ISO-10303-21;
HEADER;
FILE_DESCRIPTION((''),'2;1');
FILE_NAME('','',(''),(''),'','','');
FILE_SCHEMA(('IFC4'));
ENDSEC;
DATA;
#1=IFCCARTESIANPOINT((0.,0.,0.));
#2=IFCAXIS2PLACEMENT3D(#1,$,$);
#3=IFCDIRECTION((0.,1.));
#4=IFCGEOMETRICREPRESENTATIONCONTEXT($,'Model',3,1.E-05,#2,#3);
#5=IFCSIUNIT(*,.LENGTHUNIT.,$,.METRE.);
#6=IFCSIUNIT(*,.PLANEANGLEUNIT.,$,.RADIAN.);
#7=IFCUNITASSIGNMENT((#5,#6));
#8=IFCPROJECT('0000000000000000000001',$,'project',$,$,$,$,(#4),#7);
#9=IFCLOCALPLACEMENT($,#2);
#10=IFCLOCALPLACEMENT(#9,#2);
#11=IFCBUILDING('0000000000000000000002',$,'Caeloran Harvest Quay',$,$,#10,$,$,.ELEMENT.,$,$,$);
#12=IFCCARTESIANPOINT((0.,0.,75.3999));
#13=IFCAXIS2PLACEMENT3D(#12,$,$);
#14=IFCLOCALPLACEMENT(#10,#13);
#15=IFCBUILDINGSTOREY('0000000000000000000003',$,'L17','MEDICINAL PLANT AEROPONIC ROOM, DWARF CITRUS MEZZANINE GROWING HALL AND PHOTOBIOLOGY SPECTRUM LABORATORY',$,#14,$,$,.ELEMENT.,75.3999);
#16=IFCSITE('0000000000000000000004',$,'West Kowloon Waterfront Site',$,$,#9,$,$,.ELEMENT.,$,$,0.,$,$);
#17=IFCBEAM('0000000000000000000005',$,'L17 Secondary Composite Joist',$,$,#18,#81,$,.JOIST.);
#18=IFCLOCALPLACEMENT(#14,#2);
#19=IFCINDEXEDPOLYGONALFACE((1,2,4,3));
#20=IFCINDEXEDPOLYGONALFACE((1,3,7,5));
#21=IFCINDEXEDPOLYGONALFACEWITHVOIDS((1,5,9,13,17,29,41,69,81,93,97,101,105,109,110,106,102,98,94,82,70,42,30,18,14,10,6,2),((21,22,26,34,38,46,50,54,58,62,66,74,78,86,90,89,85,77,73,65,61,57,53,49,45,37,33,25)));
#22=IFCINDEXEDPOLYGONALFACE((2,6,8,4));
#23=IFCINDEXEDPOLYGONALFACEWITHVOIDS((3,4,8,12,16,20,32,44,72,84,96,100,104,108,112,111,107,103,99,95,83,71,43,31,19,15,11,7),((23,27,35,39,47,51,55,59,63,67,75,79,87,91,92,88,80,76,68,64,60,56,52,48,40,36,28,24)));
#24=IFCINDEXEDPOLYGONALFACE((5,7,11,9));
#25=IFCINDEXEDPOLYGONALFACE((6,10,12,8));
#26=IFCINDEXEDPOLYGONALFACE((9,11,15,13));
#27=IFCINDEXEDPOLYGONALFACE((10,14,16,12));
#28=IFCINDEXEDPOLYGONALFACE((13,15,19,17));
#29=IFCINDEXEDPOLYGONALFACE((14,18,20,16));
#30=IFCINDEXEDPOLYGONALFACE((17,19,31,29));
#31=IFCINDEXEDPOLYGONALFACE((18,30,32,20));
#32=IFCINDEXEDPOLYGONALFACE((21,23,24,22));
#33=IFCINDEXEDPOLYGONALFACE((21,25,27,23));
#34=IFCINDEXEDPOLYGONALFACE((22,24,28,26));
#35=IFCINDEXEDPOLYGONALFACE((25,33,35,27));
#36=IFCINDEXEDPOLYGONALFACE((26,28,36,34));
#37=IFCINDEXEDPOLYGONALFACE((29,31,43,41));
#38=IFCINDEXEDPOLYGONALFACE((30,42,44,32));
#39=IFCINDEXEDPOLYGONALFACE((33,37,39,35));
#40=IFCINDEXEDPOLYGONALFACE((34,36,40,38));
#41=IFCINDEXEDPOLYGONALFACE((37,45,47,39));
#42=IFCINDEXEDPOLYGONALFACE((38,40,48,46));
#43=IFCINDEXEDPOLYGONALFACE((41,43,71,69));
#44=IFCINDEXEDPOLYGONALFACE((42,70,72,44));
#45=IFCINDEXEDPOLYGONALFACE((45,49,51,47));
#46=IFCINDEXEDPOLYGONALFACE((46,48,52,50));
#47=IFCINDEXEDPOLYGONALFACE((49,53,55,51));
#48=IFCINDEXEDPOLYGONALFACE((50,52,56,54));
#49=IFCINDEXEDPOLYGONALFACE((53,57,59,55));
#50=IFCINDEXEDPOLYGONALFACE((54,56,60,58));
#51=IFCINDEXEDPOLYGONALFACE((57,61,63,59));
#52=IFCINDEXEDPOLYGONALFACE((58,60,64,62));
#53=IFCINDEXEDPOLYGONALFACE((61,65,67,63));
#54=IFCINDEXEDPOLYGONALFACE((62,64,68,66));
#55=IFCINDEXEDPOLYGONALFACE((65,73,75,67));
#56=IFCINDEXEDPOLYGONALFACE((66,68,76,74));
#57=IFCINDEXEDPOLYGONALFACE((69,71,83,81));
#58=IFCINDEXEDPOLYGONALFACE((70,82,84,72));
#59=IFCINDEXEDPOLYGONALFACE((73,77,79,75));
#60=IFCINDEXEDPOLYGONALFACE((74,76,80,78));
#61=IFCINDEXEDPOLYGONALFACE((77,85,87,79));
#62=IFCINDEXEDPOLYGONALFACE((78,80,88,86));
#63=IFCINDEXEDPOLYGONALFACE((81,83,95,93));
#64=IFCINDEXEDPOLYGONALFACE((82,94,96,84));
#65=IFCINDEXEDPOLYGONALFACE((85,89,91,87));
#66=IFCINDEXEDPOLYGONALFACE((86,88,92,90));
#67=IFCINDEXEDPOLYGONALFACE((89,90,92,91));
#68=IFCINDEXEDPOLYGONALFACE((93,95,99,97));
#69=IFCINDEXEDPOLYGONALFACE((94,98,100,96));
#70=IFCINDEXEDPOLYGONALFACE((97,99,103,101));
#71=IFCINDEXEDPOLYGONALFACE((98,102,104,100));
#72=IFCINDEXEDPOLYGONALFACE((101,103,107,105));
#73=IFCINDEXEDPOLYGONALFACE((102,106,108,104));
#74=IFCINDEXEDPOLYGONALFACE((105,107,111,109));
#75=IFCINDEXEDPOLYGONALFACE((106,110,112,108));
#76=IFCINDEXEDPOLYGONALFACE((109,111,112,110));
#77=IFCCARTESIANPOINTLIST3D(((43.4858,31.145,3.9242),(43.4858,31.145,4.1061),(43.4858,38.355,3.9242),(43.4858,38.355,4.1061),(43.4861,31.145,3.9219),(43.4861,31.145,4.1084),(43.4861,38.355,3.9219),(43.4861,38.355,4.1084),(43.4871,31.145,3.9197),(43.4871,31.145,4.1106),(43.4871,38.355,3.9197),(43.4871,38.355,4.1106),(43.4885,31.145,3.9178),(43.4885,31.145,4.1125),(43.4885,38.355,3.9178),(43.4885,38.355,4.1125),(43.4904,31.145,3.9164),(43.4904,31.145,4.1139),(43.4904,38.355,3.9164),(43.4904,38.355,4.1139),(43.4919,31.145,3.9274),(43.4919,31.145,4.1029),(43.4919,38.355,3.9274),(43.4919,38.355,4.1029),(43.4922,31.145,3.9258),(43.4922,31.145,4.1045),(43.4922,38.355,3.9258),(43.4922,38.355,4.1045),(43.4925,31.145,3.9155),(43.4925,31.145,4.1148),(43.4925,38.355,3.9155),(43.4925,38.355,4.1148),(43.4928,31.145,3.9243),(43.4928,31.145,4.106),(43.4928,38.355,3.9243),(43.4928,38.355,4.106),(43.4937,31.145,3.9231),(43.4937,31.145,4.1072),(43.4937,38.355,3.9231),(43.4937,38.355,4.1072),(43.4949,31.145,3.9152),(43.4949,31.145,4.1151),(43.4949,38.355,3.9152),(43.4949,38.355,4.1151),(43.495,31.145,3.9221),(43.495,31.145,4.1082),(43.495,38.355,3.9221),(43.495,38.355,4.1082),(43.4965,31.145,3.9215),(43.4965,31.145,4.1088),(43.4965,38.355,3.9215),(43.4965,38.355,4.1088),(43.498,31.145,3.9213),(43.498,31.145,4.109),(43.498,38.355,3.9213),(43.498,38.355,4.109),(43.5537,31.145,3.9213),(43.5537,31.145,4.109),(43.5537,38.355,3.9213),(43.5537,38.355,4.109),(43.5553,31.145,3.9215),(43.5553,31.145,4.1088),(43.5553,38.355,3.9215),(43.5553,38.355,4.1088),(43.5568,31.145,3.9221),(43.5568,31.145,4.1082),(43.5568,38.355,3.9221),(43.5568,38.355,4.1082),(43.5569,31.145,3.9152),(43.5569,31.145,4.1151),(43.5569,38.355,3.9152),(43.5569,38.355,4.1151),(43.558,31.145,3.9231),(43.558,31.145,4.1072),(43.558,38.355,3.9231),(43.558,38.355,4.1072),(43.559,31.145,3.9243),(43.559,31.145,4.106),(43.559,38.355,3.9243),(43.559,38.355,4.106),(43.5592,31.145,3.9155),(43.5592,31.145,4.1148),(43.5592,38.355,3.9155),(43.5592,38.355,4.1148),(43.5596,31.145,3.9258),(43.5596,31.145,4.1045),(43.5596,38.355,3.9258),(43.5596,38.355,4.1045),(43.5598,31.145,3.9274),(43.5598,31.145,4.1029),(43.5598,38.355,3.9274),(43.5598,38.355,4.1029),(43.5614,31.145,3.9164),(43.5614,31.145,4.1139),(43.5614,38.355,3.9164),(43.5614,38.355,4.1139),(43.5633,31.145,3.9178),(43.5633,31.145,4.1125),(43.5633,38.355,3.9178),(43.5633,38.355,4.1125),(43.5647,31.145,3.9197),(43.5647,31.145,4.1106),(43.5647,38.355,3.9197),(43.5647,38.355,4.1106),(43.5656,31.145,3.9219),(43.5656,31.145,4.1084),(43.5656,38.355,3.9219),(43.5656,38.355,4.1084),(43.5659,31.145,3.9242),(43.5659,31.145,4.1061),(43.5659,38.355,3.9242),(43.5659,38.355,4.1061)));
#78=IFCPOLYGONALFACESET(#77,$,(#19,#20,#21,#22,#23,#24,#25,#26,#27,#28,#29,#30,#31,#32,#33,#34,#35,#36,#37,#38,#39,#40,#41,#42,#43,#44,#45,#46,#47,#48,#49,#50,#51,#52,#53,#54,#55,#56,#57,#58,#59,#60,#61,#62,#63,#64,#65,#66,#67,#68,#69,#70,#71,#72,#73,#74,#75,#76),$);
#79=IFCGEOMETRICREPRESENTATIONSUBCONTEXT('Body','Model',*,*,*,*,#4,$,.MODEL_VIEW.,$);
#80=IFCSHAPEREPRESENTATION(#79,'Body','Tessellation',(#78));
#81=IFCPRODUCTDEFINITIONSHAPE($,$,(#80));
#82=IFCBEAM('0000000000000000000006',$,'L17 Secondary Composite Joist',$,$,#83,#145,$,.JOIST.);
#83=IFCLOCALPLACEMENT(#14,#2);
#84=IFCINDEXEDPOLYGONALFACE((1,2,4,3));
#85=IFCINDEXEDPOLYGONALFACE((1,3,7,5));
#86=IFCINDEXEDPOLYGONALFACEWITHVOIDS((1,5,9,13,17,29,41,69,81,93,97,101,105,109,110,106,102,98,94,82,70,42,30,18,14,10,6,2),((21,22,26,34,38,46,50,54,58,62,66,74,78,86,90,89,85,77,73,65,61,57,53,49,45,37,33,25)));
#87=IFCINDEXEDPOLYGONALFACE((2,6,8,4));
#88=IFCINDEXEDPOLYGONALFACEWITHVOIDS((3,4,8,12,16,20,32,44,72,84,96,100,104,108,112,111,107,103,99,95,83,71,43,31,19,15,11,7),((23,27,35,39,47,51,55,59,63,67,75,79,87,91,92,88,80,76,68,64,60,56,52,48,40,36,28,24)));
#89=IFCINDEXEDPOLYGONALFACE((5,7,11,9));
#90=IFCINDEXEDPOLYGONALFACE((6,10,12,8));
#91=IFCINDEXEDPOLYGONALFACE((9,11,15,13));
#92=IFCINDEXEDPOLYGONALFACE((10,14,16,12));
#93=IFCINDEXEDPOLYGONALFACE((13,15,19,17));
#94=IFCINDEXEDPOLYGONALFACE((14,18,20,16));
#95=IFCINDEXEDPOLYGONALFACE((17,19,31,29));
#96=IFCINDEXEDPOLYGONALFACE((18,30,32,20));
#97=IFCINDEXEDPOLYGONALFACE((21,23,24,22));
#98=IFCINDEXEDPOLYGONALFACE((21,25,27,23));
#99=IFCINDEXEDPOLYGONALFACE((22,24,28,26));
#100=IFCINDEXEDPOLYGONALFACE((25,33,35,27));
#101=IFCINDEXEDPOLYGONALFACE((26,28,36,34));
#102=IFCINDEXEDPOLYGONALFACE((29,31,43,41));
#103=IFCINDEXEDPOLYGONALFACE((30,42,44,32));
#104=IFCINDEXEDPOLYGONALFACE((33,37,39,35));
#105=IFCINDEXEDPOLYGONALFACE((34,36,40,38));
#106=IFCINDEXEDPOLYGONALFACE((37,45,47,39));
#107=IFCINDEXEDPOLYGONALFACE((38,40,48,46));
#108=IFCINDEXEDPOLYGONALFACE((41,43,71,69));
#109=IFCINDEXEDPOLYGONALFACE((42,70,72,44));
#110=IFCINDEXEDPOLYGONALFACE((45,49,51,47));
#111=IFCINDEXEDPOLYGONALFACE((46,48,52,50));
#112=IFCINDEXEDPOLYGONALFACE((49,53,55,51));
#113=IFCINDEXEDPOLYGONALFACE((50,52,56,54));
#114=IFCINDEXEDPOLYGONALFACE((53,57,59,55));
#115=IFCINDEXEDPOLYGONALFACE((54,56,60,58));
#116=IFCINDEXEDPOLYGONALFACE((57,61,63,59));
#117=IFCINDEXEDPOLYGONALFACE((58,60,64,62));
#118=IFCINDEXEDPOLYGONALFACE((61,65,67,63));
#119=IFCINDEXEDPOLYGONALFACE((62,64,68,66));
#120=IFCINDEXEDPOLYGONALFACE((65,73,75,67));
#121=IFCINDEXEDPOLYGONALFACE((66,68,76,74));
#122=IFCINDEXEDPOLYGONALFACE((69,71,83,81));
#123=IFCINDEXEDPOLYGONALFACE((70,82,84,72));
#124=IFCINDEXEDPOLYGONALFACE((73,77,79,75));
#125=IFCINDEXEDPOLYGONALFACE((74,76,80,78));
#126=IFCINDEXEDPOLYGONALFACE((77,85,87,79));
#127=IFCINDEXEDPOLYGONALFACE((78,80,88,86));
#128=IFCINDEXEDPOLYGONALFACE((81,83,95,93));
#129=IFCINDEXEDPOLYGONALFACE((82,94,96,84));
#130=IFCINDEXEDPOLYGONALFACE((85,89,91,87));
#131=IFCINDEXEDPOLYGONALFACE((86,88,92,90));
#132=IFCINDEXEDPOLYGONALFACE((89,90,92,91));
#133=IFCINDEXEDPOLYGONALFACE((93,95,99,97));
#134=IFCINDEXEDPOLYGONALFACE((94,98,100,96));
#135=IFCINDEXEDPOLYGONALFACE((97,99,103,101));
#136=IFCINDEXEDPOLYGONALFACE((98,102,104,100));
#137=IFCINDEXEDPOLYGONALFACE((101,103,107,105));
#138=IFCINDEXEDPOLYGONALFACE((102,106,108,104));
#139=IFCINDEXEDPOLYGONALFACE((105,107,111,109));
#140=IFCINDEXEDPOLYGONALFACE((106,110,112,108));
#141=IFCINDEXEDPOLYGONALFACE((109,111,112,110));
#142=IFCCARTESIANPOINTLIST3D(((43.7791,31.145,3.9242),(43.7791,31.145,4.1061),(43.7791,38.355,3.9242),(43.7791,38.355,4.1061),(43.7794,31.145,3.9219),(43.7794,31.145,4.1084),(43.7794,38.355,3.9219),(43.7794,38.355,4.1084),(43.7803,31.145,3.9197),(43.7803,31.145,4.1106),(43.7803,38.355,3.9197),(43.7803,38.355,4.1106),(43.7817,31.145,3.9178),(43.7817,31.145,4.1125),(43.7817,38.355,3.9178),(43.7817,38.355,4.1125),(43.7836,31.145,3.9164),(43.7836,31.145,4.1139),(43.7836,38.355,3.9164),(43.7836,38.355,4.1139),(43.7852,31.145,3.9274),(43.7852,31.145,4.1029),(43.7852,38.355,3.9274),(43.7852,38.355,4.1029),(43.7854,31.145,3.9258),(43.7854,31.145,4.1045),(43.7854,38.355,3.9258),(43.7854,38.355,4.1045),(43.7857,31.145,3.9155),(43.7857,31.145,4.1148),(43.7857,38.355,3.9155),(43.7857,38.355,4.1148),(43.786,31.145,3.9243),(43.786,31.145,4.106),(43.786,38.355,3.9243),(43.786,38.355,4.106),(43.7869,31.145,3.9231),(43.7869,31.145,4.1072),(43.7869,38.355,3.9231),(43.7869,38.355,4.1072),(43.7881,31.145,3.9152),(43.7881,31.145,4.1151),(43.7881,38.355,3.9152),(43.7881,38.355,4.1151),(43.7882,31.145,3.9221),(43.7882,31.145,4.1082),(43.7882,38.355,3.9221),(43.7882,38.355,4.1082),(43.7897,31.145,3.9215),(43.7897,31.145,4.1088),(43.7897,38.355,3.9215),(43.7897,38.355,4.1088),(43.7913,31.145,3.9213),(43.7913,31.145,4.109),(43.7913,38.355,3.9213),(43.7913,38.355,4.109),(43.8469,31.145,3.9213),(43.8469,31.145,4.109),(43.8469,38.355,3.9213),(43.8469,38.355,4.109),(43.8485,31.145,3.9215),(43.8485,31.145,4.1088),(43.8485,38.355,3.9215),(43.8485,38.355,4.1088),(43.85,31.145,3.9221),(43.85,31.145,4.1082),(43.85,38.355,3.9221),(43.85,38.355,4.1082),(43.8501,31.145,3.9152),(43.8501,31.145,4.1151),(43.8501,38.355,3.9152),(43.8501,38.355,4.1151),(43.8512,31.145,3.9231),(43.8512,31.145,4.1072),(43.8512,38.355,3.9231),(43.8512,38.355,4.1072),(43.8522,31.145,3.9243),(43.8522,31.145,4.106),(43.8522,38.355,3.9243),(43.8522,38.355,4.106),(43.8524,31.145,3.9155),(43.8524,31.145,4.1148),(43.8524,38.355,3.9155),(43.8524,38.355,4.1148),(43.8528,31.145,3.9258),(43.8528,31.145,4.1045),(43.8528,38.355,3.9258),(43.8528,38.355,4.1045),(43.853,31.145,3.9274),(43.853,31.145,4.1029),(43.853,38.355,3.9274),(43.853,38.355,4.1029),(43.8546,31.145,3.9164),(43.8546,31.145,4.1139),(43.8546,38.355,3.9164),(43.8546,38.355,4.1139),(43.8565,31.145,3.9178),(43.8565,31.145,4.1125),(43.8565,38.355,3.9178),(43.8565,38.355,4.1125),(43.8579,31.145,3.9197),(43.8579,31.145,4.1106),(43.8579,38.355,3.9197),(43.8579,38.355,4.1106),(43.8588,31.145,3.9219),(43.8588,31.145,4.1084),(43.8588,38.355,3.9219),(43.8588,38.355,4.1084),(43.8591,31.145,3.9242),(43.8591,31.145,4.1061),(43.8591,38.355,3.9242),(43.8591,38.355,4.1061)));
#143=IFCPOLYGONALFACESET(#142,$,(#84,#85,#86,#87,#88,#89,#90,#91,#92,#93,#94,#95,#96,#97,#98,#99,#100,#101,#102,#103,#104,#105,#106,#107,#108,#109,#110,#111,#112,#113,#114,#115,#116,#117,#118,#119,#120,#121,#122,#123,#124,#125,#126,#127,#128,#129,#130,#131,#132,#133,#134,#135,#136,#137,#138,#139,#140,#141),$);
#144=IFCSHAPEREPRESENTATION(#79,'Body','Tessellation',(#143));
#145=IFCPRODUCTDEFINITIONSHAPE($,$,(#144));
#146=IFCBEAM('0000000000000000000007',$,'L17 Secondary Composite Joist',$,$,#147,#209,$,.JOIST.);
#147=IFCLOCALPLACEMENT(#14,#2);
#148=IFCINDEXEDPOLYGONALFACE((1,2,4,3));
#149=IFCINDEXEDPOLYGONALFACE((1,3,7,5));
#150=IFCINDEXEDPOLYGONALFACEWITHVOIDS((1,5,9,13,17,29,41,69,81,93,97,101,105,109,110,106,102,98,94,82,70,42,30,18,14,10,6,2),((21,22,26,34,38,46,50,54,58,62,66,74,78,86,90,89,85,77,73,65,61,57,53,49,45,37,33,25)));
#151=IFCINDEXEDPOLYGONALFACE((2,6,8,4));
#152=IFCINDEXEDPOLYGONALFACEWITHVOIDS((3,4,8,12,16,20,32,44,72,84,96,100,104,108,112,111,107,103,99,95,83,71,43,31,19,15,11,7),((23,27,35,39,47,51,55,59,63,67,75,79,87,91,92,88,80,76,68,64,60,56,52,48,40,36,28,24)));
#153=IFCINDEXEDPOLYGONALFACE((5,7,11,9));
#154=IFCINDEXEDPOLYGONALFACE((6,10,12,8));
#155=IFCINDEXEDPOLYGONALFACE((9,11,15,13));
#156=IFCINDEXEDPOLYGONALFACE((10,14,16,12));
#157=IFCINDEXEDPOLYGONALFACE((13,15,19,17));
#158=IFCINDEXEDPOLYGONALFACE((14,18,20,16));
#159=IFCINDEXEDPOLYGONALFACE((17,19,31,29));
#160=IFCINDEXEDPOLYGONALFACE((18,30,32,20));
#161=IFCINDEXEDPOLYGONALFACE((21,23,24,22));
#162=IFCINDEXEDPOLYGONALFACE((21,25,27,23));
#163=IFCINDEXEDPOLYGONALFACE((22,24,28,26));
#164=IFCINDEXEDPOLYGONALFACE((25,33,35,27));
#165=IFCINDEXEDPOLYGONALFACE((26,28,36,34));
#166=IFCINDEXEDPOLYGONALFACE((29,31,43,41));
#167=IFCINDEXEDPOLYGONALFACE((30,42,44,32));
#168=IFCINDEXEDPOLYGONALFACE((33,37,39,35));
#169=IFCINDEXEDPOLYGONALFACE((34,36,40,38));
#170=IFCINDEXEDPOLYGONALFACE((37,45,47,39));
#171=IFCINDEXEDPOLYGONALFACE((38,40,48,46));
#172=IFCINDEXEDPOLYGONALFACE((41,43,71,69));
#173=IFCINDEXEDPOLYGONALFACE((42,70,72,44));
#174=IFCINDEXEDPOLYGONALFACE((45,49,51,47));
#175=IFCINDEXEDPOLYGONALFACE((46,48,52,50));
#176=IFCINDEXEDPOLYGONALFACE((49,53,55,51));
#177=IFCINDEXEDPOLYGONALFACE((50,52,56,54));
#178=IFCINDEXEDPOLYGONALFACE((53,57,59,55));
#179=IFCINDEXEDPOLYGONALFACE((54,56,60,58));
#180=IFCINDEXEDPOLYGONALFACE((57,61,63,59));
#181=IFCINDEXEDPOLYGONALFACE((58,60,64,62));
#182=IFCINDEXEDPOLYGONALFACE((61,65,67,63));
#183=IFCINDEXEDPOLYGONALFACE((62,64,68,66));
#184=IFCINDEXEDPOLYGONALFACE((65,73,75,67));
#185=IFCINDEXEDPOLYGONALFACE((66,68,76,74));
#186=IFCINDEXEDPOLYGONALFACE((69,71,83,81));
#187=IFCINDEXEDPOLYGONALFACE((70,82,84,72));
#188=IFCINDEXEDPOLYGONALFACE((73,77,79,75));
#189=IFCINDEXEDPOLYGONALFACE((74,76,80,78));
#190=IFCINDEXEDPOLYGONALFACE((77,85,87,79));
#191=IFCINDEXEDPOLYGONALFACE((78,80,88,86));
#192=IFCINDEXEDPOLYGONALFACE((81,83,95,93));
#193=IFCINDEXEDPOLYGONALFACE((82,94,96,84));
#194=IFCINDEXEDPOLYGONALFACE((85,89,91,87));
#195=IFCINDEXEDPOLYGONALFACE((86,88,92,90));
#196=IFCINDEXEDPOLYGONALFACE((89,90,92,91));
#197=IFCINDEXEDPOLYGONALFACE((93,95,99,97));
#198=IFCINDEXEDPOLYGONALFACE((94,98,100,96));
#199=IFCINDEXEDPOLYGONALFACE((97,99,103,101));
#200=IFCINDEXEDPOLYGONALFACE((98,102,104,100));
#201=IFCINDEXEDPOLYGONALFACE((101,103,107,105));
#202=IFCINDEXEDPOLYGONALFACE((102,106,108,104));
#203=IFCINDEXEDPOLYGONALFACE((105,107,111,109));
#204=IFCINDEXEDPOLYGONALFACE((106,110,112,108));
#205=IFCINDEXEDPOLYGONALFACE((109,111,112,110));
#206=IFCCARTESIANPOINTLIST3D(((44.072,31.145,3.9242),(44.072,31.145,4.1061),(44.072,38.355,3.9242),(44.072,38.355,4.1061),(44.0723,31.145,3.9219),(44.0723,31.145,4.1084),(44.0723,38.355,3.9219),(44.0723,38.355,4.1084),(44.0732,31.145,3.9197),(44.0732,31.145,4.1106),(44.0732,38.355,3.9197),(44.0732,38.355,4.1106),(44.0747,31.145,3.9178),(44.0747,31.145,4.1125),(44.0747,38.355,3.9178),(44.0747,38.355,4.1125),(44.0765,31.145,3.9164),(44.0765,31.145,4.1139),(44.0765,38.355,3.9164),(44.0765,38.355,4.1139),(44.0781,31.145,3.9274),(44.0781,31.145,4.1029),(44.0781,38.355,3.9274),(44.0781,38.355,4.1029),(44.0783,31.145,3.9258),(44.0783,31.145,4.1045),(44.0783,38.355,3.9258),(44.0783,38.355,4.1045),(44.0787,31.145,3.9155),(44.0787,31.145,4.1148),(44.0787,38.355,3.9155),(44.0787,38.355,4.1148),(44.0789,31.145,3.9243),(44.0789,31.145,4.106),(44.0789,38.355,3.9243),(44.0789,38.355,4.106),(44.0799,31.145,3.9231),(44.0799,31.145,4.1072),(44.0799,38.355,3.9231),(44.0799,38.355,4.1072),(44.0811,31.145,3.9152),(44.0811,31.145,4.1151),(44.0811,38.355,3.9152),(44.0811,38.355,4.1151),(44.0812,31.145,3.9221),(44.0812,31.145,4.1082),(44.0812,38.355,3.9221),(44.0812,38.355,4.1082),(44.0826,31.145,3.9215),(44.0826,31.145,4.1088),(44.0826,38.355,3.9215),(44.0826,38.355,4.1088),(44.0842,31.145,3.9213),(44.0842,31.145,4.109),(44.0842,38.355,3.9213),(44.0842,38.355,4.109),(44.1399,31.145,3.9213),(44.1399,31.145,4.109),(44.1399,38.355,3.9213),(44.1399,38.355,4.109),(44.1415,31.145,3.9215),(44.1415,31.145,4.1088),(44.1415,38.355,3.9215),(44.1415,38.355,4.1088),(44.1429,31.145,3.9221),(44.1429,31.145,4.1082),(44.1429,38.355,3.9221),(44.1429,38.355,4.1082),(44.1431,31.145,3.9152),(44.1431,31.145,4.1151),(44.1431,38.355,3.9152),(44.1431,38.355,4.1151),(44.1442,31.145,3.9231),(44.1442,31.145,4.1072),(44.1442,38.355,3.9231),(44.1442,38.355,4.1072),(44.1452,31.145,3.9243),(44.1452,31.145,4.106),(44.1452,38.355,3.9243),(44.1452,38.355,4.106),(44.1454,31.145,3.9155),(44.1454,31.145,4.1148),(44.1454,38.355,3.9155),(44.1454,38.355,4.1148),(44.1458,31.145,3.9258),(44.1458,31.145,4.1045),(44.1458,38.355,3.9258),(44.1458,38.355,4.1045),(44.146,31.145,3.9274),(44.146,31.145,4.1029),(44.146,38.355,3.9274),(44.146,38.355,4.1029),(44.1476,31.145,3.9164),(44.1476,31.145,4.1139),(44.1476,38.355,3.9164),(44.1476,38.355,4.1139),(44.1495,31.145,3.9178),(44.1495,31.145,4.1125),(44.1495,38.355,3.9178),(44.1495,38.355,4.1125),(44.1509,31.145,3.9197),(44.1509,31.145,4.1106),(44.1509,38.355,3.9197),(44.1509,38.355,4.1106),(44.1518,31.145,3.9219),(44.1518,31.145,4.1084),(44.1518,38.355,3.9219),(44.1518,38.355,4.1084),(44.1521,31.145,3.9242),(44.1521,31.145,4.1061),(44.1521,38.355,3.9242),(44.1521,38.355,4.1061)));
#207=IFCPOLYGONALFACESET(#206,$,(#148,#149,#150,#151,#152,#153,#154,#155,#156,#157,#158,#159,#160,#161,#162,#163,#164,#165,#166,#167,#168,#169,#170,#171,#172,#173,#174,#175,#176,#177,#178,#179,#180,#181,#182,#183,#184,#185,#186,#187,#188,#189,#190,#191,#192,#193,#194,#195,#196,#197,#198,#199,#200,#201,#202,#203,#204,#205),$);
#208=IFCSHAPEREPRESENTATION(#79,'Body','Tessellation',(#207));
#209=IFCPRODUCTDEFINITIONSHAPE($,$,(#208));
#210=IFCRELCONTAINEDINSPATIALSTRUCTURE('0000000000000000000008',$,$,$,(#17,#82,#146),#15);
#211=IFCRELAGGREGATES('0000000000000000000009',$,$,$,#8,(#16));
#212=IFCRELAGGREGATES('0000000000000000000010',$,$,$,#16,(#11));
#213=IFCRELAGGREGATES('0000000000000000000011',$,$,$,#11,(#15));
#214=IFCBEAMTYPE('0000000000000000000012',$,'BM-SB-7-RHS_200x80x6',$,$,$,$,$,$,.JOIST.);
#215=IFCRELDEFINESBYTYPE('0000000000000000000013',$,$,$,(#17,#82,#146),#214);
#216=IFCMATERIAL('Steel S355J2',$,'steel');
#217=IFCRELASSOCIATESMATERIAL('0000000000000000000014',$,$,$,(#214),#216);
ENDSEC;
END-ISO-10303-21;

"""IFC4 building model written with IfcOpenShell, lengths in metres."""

from ifc_helpers import new_model, si_unit, direction, frame, origin, origin_2d, place, context, subcontext, project, spatial, hollow_rectangle, extrude, material, material_profile, profile_set, type_object, element, save


model = new_model("IFC4")

# Units and contexts
model_context = context("Model", 3, precision=1e-05, world=origin(), true_north=direction((0.0, 1.0)))
body_context = subcontext(model_context, "Body", "Model", "MODEL_VIEW")
ifc_project = project(units=[si_unit("LENGTHUNIT", "METRE"), si_unit("PLANEANGLEUNIT", "RADIAN")], contexts=[model_context])

# Site, building, storey
site_placement = place(None, origin())
site = spatial("IfcSite", under=ifc_project, at=site_placement, Name="West Kowloon Waterfront Site", CompositionType="ELEMENT", RefElevation=0.0)
building_placement = place(site_placement, origin())
building = spatial("IfcBuilding", under=site, at=building_placement, Name="Caeloran Harvest Quay", CompositionType="ELEMENT")
storey_placement = place(building_placement, frame((0.0, 0.0, 75.3999)))
storey = spatial("IfcBuildingStorey", under=building, at=storey_placement, Name="L17", Description="MEDICINAL PLANT AEROPONIC ROOM, DWARF CITRUS MEZZANINE GROWING HALL AND PHOTOBIOLOGY SPECTRUM LABORATORY", CompositionType="ELEMENT", Elevation=75.3999)

# Beams
ifc_material_1 = material(Name="Steel S355J2", Category="steel")
ifc_material_profile_1 = material_profile(ifc_material_1, hollow_rectangle(XDim=0.0801, YDim=0.2, WallThickness=0.0061, InnerFilletRadius=0.0061, OuterFilletRadius=0.009, at=origin_2d()), Name="RHS 200x80x6")
ifc_profile_set_1 = profile_set([ifc_material_profile_1], Name="Steel S355J2")
beam_type_1 = type_object("IfcBeamType", Name="BM-SB-7-RHS_200x80x6", PredefinedType="JOIST", material=ifc_profile_set_1)
for number, where, z_axis, x_axis, name in (
    (1, (43.5259, 31.145, 4.0151), (0.0, 1.0, 0.0), (-1.0, 0.0, 0.0), "L17 Secondary Composite Joist"),
    (2, (43.8191, 31.145, 4.0151), (0.0, 1.0, 0.0), (-1.0, 0.0, 0.0), "L17 Secondary Composite Joist"),
    (3, (44.1121, 31.145, 4.0151), (0.0, 1.0, 0.0), (-1.0, 0.0, 0.0), "L17 Secondary Composite Joist"),
):
    element("IfcBeam", number, at=place(storey_placement, frame(where, z_axis=z_axis, x_axis=x_axis)), inside=storey, type_object=beam_type_1, Name=name, PredefinedType="JOIST", context=body_context, shape_type="SweptSolid", body=[
        extrude(hollow_rectangle(XDim=0.0801, YDim=0.2, WallThickness=0.0061, InnerFilletRadius=0.0061, OuterFilletRadius=0.009, at=origin_2d()), origin(), (0.0, 0.0, 1.0), 7.21),
    ])

save(model, "model.ifc")
